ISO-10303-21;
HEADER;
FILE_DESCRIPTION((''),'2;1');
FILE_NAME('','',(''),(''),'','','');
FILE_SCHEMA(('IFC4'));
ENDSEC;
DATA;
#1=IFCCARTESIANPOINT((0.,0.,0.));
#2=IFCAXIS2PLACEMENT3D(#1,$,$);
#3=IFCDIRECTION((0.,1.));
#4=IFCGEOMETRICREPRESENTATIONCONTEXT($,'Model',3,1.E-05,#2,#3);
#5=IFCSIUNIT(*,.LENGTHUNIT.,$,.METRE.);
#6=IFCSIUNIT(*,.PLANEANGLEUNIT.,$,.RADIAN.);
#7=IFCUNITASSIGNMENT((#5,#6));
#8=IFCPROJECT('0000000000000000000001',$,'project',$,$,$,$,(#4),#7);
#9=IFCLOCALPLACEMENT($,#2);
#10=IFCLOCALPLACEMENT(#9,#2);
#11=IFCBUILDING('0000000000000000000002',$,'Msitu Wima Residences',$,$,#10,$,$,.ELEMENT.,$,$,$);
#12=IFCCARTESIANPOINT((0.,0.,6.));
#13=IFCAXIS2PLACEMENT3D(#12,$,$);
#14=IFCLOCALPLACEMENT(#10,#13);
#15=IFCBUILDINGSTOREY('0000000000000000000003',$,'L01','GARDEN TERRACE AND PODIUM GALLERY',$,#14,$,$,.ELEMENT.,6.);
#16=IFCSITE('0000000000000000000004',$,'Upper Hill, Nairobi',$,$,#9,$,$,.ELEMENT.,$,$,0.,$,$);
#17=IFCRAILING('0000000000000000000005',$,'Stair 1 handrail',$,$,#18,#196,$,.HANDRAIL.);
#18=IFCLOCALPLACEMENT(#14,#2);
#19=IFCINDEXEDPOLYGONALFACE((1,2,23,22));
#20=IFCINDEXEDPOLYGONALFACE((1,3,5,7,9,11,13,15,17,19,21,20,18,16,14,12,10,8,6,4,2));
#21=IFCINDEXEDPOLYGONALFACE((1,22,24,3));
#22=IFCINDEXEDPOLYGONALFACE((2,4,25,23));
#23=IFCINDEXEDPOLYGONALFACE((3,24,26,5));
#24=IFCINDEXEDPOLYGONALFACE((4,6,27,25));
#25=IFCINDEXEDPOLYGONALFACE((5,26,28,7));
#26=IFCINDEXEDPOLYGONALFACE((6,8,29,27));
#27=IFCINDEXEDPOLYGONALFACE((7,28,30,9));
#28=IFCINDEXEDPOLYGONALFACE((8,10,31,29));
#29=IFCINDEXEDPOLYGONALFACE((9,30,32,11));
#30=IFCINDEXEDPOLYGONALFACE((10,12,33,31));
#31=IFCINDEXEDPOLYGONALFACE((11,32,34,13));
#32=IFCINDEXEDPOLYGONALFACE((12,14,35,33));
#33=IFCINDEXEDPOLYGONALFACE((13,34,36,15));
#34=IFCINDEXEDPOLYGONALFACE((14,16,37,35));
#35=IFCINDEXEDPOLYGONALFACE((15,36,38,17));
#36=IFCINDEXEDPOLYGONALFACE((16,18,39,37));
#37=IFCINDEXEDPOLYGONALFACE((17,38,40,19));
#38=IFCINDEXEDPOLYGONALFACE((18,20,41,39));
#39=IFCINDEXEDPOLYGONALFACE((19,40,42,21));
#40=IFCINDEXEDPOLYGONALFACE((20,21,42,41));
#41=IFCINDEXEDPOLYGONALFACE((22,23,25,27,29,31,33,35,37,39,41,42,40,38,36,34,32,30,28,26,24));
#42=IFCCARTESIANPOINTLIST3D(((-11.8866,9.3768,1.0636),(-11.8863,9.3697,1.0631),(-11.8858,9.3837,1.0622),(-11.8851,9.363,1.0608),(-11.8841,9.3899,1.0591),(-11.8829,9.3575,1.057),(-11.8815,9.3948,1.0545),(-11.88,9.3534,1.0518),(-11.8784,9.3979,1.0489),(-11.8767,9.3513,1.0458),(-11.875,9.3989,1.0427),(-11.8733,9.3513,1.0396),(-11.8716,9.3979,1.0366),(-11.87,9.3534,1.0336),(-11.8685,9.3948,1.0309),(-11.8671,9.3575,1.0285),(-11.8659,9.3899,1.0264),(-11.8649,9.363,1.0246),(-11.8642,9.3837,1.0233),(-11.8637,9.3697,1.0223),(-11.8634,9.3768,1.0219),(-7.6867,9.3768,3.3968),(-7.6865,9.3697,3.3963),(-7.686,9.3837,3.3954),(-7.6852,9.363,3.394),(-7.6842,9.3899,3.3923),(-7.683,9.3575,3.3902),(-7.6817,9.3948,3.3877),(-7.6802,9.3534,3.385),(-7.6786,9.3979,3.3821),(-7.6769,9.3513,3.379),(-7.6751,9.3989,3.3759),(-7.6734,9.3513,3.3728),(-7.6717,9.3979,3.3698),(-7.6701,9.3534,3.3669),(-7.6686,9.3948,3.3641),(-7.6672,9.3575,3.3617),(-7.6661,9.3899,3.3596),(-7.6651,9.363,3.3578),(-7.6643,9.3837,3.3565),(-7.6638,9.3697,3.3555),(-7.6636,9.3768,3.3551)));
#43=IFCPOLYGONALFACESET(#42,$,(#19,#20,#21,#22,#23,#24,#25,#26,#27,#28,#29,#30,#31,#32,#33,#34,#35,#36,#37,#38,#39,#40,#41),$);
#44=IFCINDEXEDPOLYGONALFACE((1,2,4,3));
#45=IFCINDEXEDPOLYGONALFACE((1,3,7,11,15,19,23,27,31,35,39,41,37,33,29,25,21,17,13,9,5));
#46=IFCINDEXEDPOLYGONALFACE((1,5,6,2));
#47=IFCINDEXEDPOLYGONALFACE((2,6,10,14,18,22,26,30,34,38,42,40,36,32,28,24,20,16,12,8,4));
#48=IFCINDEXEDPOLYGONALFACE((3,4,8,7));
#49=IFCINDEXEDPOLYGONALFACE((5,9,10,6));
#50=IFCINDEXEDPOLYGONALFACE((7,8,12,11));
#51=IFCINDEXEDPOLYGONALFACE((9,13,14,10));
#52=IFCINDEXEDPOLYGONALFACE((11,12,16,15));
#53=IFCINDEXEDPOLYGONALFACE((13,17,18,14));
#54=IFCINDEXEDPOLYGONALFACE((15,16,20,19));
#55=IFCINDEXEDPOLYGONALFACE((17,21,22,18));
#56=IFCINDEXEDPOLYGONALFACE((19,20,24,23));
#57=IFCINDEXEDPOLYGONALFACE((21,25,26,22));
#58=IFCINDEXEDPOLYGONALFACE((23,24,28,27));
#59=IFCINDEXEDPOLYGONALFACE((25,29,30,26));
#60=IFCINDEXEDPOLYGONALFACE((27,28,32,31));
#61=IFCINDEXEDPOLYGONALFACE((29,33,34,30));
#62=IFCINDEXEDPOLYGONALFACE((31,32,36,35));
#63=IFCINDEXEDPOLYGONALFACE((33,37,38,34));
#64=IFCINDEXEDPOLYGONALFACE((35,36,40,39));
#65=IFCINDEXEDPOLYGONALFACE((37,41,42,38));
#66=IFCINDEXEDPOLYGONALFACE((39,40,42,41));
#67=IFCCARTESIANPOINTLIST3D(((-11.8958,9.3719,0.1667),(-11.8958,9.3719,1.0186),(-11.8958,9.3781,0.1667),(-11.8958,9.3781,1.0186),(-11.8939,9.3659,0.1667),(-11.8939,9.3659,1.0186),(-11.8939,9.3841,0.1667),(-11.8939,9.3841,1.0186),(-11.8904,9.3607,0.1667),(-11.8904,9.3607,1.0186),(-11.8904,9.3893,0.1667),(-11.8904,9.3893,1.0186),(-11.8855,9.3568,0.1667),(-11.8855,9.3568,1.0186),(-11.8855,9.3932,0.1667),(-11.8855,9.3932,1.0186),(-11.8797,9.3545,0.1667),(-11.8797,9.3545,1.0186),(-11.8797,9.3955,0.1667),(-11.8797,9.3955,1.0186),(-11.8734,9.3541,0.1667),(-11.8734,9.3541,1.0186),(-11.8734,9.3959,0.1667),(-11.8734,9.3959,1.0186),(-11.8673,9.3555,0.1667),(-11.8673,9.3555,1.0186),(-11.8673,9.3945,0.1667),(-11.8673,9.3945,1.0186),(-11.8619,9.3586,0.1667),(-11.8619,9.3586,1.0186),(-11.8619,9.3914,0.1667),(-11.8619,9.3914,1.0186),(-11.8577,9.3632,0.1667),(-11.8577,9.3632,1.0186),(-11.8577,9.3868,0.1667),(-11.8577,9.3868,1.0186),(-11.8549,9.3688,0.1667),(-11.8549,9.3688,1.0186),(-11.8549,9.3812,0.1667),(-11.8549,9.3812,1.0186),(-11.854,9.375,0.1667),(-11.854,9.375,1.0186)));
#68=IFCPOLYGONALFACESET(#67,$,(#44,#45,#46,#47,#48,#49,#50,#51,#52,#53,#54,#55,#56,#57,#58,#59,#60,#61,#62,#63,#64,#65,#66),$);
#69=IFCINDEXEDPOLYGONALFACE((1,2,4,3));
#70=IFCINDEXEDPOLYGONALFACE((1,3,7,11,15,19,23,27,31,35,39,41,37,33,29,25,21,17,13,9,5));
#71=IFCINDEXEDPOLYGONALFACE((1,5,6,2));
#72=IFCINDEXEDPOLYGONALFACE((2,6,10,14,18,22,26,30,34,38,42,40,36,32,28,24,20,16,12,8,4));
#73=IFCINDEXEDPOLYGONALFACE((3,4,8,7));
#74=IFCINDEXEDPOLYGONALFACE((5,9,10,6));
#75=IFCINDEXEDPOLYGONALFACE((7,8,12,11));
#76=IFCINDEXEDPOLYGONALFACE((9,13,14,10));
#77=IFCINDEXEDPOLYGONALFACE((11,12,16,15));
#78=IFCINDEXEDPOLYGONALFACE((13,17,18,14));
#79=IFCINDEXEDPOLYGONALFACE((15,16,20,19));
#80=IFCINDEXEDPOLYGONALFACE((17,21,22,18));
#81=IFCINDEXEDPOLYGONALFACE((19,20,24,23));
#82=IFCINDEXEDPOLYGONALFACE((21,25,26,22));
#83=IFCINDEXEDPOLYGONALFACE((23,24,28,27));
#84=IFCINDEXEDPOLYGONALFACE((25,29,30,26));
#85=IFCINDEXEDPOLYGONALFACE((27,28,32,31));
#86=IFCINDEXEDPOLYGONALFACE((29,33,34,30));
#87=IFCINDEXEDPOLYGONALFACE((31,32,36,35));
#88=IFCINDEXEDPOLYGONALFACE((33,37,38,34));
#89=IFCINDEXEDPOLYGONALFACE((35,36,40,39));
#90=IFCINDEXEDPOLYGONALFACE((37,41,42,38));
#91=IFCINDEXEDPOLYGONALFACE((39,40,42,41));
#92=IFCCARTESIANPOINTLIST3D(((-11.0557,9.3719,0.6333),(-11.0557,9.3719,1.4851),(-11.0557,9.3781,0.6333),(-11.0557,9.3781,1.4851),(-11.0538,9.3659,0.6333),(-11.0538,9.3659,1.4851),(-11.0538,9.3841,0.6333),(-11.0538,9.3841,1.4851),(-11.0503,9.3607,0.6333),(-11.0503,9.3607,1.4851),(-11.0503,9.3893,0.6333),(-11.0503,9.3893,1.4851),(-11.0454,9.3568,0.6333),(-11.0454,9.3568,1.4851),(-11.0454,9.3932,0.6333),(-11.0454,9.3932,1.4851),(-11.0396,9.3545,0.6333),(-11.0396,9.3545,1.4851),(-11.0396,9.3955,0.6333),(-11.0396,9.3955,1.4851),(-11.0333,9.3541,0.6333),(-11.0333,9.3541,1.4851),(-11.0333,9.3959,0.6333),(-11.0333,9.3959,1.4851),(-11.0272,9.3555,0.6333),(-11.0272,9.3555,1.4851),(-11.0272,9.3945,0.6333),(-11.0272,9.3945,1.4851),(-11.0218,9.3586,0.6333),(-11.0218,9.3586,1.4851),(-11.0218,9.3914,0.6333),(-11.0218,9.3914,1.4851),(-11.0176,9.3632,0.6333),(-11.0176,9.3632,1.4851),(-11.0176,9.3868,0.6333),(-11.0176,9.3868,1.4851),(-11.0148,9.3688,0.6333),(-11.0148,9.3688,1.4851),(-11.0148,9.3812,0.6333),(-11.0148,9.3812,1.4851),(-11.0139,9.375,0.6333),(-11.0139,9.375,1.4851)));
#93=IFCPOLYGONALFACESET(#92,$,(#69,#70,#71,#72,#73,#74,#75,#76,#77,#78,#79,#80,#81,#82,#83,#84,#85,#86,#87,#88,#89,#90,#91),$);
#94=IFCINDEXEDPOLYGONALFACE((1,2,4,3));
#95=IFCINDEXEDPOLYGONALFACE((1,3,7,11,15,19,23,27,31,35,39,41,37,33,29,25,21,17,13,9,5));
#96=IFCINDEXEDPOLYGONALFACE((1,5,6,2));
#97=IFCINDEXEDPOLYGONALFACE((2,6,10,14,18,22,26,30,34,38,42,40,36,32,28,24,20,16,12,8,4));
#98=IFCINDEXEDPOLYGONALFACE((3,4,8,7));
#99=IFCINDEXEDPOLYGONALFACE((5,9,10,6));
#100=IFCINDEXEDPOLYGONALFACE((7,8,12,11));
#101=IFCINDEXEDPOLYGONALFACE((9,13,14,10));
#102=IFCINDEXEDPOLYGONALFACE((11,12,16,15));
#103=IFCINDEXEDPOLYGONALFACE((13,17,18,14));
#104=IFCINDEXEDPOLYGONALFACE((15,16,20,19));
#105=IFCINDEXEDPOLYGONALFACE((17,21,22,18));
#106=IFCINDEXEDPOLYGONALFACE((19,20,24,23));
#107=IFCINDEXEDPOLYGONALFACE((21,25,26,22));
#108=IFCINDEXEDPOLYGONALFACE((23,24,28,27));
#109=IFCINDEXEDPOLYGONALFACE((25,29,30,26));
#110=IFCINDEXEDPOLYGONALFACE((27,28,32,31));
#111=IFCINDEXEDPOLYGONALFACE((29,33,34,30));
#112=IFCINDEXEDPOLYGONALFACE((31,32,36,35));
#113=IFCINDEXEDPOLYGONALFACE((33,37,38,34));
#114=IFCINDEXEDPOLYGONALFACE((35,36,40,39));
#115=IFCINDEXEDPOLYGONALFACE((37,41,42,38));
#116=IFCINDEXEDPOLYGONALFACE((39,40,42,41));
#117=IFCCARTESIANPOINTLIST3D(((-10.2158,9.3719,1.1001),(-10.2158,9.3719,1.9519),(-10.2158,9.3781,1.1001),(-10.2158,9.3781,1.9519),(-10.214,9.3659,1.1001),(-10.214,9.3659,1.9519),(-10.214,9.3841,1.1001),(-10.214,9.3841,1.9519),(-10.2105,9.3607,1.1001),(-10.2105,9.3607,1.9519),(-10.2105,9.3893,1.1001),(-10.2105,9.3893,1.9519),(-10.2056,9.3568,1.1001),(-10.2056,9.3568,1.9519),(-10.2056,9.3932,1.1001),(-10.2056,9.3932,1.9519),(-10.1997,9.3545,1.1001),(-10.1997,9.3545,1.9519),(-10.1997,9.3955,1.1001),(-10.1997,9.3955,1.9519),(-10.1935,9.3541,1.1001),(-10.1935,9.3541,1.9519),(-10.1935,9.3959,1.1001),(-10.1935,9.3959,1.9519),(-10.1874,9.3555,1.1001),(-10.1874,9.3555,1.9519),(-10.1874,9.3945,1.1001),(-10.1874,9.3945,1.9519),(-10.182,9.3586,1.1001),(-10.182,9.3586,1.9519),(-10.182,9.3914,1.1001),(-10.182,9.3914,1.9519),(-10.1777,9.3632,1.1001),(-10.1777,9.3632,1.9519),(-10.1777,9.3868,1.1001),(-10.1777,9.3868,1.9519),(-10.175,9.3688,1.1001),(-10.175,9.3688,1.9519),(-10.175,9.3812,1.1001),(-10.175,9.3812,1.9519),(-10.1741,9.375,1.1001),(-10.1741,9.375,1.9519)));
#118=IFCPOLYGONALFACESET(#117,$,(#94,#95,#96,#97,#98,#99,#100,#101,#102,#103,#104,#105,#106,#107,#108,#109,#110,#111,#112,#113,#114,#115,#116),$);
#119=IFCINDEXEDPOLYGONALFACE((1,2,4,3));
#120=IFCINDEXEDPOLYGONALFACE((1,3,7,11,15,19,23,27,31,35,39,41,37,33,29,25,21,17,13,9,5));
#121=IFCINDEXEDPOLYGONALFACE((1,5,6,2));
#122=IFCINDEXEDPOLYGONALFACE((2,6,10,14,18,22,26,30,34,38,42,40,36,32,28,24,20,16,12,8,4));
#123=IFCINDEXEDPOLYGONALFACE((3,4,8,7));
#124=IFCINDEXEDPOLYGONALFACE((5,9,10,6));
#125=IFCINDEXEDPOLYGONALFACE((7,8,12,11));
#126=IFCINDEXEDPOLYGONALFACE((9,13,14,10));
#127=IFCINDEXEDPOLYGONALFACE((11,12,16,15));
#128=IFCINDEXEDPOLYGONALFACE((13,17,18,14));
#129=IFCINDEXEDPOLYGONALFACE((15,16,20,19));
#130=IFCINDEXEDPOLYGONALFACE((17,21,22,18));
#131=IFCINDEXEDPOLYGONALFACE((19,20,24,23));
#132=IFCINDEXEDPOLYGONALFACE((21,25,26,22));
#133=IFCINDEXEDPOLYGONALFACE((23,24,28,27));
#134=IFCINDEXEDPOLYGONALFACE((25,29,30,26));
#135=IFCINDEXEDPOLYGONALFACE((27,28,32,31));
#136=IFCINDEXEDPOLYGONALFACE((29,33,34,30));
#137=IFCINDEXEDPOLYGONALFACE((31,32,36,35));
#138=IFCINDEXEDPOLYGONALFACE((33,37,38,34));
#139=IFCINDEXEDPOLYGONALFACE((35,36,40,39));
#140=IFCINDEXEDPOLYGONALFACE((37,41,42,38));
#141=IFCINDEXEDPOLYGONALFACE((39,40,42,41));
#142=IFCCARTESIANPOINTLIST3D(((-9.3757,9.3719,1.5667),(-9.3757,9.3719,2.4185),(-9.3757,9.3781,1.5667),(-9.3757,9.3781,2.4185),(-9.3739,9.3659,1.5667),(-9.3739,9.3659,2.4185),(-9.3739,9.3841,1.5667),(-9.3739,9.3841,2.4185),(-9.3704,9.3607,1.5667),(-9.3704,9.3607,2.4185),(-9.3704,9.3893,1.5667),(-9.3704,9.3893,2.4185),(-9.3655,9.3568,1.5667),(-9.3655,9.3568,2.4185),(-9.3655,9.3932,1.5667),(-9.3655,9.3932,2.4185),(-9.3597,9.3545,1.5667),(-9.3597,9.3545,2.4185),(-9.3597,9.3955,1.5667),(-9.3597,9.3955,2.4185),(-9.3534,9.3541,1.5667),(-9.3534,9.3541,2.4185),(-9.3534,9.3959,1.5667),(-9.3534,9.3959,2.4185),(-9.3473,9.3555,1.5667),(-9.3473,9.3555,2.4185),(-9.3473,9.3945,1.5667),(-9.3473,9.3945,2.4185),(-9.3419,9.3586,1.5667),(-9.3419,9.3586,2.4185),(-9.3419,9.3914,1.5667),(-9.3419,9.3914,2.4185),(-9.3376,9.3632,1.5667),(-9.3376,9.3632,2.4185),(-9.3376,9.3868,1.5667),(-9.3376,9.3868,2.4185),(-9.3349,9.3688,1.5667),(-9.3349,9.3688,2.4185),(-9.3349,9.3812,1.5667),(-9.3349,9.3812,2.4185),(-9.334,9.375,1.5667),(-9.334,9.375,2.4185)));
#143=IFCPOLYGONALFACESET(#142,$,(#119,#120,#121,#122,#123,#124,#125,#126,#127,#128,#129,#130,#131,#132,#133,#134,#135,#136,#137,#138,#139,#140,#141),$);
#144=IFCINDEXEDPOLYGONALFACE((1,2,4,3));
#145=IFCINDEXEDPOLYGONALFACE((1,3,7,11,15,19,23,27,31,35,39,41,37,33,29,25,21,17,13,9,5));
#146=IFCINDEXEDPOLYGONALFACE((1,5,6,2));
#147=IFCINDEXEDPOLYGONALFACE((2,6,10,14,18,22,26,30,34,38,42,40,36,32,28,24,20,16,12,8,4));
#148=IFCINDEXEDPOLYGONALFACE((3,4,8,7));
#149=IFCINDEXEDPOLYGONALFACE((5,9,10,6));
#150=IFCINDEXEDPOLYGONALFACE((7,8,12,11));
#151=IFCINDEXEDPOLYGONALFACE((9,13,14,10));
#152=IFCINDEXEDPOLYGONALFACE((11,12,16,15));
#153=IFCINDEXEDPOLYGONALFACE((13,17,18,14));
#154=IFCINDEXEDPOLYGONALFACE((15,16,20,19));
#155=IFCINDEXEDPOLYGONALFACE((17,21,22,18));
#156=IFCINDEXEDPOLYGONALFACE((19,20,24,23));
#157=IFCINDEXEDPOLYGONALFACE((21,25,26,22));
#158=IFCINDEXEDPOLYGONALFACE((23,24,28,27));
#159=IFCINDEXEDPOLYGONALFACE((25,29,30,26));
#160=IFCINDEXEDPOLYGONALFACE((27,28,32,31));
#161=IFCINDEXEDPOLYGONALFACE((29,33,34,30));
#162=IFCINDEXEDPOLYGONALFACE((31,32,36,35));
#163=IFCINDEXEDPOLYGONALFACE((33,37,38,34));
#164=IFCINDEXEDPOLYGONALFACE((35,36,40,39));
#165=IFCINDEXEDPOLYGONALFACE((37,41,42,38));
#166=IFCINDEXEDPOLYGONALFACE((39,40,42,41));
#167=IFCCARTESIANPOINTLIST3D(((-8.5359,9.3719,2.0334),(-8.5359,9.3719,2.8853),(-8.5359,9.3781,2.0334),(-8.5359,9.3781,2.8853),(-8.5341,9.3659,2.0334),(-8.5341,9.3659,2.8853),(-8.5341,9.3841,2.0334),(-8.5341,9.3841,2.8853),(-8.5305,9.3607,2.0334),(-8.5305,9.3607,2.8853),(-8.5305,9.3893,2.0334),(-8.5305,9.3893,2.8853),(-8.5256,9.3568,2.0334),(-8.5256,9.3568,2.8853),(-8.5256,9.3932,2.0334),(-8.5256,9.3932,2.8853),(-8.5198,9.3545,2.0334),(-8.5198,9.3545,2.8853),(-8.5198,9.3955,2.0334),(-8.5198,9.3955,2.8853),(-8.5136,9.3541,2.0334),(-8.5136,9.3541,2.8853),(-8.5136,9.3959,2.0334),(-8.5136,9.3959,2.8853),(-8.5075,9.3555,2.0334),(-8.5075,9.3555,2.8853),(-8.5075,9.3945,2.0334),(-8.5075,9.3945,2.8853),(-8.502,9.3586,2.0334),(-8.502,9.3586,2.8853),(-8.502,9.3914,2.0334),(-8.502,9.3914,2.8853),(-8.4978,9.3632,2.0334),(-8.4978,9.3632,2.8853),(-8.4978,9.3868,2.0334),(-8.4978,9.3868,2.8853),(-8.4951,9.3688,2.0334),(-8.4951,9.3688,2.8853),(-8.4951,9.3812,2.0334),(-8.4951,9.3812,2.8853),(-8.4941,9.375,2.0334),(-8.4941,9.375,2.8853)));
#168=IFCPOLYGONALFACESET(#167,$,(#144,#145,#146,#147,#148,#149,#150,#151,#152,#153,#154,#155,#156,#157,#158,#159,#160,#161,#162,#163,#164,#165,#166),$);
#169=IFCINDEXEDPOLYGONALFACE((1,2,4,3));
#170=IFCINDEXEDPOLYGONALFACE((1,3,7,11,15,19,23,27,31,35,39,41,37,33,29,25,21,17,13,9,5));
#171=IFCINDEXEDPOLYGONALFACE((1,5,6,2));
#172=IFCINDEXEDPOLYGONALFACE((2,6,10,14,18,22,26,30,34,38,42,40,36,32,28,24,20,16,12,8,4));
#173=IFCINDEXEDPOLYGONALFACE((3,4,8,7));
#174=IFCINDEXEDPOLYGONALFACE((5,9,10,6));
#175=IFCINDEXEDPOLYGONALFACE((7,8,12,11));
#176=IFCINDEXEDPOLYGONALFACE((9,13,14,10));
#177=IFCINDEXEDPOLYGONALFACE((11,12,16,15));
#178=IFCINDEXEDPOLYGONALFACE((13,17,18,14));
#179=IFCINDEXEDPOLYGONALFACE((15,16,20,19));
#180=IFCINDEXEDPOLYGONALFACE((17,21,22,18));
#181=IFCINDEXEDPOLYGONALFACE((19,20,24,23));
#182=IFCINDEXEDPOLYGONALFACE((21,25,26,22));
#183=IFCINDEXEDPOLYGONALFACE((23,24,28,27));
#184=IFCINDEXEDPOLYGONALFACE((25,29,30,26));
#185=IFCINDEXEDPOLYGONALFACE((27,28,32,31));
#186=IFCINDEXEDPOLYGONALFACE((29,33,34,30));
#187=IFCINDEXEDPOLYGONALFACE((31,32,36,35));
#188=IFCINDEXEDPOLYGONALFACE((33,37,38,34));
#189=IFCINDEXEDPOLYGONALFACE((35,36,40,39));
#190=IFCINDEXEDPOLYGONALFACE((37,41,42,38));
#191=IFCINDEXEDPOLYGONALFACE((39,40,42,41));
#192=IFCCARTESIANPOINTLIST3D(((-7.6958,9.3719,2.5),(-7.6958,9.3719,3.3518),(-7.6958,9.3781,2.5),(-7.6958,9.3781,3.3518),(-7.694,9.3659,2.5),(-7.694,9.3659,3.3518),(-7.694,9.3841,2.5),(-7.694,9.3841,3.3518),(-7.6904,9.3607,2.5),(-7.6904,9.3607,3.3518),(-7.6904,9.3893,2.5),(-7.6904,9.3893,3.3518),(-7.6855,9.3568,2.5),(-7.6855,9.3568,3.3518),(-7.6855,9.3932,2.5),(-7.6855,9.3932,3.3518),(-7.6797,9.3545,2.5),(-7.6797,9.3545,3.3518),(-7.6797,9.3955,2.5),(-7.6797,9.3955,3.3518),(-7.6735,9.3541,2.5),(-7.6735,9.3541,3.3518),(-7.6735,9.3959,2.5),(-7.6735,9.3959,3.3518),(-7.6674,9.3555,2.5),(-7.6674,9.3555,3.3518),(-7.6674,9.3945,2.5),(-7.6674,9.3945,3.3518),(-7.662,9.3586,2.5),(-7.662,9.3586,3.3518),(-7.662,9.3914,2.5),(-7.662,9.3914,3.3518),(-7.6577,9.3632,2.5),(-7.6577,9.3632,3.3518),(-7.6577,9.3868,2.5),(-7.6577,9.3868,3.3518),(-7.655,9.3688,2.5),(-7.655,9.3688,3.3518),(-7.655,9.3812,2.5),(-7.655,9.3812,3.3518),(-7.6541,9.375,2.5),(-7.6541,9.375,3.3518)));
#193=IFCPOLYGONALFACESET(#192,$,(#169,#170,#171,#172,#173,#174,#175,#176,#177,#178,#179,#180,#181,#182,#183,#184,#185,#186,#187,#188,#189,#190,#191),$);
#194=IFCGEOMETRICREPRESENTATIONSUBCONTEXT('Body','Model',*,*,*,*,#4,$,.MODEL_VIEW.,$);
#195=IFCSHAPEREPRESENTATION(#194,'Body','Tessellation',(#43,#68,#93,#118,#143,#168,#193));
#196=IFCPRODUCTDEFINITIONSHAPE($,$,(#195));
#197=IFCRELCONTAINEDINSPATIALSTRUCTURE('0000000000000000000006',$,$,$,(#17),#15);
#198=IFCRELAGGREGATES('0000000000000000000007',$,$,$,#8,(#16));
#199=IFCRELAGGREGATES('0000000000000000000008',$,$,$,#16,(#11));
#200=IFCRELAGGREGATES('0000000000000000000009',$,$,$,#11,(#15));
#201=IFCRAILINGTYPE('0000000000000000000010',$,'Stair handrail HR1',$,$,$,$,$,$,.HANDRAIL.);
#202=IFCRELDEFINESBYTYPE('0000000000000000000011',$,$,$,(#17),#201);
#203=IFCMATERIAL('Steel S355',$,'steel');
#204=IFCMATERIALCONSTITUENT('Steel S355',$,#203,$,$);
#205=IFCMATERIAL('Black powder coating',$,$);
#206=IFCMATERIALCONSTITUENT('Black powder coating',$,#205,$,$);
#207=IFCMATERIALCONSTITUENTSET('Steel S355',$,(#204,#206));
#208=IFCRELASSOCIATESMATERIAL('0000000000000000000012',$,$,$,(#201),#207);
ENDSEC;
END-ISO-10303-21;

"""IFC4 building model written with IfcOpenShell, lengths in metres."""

from ifc_helpers import new_model, si_unit, direction, frame, origin, origin_2d, place, context, subcontext, project, spatial, circle, extrude, material, constituent, constituent_set, type_object, element, save


model = new_model("IFC4")

# Units and contexts
model_context = context("Model", 3, precision=1e-05, world=origin(), true_north=direction((0.0, 1.0)))
body_context = subcontext(model_context, "Body", "Model", "MODEL_VIEW")
ifc_project = project(units=[si_unit("LENGTHUNIT", "METRE"), si_unit("PLANEANGLEUNIT", "RADIAN")], contexts=[model_context])

# Site, building, storey
site_placement = place(None, origin())
site = spatial("IfcSite", under=ifc_project, at=site_placement, Name="Upper Hill, Nairobi", CompositionType="ELEMENT", RefElevation=0.0)
building_placement = place(site_placement, origin())
building = spatial("IfcBuilding", under=site, at=building_placement, Name="Msitu Wima Residences", CompositionType="ELEMENT")
storey_placement = place(building_placement, frame((0.0, 0.0, 6.0)))
storey = spatial("IfcBuildingStorey", under=building, at=storey_placement, Name="L01", Description="GARDEN TERRACE AND PODIUM GALLERY", CompositionType="ELEMENT", Elevation=6.0)

# Railing
ifc_material_1 = material(Name="Steel S355", Category="steel")
ifc_constituent_1 = constituent(ifc_material_1, Name="Steel S355")
ifc_material_2 = material(Name="Black powder coating")
ifc_constituent_2 = constituent(ifc_material_2, Name="Black powder coating")
ifc_constituent_set = constituent_set(constituents=[ifc_constituent_1, ifc_constituent_2], Name="Steel S355")
railing_type = type_object("IfcRailingType", Name="Stair handrail HR1", PredefinedType="HANDRAIL", material=ifc_constituent_set)
railing_1_placement = place(storey_placement, frame((-11.875, 9.375, 0.1667)))
element("IfcRailing", 1, at=railing_1_placement, inside=storey, type_object=railing_type, Name="Stair 1 handrail", PredefinedType="HANDRAIL", context=body_context, shape_type="SweptSolid", body=[
    extrude(circle(Radius=0.0239, at=origin_2d()), frame((0.0, 0.0, 0.876), z_axis=(0.874162, 0.0, 0.485634), x_axis=(0.0, 1.0, 0.0)), (0.0, 0.0, 1.0), 4.8044),
    extrude(circle(Radius=0.021, at=origin_2d()), origin(), (0.0, 0.0, 1.0), 0.8518),
    extrude(circle(Radius=0.021, at=origin_2d()), frame((0.8401, 0.0, 0.4666)), (0.0, 0.0, 1.0), 0.8518),
    extrude(circle(Radius=0.021, at=origin_2d()), frame((1.6799, 0.0, 0.9333)), (0.0, 0.0, 1.0), 0.8518),
    extrude(circle(Radius=0.021, at=origin_2d()), frame((2.52, 0.0, 1.3999)), (0.0, 0.0, 1.0), 0.8518),
    extrude(circle(Radius=0.021, at=origin_2d()), frame((3.3599, 0.0, 1.8667)), (0.0, 0.0, 1.0), 0.8518),
    extrude(circle(Radius=0.021, at=origin_2d()), frame((4.2, 0.0, 2.3333)), (0.0, 0.0, 1.0), 0.8518),
])

save(model, "model.ifc")
